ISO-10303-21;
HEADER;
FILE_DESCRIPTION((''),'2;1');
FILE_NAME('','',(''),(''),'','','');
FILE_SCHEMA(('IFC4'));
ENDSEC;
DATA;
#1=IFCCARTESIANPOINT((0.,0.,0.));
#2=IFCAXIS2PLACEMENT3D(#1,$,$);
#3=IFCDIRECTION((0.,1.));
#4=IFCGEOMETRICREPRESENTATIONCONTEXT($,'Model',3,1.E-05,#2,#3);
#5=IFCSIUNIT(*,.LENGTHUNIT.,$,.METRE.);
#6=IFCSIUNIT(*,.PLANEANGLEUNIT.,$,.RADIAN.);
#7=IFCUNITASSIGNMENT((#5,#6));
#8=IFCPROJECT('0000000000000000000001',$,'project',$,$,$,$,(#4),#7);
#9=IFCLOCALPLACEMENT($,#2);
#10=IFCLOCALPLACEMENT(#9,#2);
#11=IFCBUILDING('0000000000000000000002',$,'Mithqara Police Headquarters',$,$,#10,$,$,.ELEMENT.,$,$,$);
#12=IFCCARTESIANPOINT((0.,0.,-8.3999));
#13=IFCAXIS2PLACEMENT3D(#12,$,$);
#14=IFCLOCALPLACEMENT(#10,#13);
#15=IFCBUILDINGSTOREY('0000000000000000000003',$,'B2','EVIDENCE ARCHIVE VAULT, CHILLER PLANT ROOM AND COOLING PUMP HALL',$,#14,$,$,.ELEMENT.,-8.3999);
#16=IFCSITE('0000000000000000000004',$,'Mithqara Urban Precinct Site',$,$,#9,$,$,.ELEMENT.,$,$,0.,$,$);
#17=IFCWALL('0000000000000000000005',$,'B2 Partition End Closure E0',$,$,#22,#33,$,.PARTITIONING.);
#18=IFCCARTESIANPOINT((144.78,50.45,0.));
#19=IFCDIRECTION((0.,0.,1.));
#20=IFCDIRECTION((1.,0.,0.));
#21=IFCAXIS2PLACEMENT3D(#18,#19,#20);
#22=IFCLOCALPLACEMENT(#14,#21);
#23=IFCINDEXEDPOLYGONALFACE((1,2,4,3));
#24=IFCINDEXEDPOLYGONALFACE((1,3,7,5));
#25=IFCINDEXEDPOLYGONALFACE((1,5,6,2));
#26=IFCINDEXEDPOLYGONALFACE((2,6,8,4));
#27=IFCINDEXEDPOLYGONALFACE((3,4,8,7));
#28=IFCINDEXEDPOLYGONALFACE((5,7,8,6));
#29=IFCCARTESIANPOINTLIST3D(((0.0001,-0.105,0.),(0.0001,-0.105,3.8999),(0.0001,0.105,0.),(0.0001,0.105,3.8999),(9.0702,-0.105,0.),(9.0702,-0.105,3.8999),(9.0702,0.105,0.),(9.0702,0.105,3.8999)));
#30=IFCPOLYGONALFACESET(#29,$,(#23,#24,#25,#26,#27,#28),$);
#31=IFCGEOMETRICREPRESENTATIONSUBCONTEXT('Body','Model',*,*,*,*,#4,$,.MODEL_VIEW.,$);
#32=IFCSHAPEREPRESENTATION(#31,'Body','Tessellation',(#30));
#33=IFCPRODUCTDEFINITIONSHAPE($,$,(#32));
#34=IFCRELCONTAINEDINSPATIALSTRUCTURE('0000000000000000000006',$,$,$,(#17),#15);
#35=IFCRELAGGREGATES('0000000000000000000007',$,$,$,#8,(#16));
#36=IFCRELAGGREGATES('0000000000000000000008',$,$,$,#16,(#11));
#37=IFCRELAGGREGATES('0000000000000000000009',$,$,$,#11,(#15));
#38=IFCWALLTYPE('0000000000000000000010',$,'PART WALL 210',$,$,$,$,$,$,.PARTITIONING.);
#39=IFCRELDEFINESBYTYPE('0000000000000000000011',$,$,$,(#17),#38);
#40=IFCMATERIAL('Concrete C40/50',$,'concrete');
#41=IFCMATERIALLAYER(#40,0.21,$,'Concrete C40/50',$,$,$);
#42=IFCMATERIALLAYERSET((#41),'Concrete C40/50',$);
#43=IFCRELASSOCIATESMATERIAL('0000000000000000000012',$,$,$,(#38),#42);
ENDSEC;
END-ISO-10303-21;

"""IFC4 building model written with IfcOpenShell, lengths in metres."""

from ifc_helpers import new_model, si_unit, direction, frame, frame_2d, origin, place, context, subcontext, project, spatial, rectangle, extrude, material, layer, layer_set, type_object, element, save


model = new_model("IFC4")

# Units and contexts
model_context = context("Model", 3, precision=1e-05, world=origin(), true_north=direction((0.0, 1.0)))
body_context = subcontext(model_context, "Body", "Model", "MODEL_VIEW")
ifc_project = project(units=[si_unit("LENGTHUNIT", "METRE"), si_unit("PLANEANGLEUNIT", "RADIAN")], contexts=[model_context])

# Site, building, storey
site_placement = place(None, origin())
site = spatial("IfcSite", under=ifc_project, at=site_placement, Name="Mithqara Urban Precinct Site", CompositionType="ELEMENT", RefElevation=0.0)
building_placement = place(site_placement, origin())
building = spatial("IfcBuilding", under=site, at=building_placement, Name="Mithqara Police Headquarters", CompositionType="ELEMENT")
storey_placement = place(building_placement, frame((0.0, 0.0, -8.3999)))
storey = spatial("IfcBuildingStorey", under=building, at=storey_placement, Name="B2", Description="EVIDENCE ARCHIVE VAULT, CHILLER PLANT ROOM AND COOLING PUMP HALL", CompositionType="ELEMENT", Elevation=-8.3999)

# Shared definitions
ifc_material_1 = material(Name="Concrete C40/50", Category="concrete")

# Wall
ifc_layer_1 = layer(ifc_material_1, 0.21, Name="Concrete C40/50")
ifc_layer_set_1 = layer_set([ifc_layer_1], Name="Concrete C40/50")
wall_type_1 = type_object("IfcWallType", Name="PART WALL 210", PredefinedType="PARTITIONING", material=ifc_layer_set_1)
wall_1_placement = place(storey_placement, frame((144.78, 50.45, 0.0), z_axis=(0.0, 0.0, 1.0), x_axis=(1.0, 0.0, 0.0)))
element("IfcWall", 1, at=wall_1_placement, inside=storey, type_object=wall_type_1, Name="B2 Partition End Closure E0", PredefinedType="PARTITIONING", context=body_context, shape_type="SweptSolid", body=[
    extrude(rectangle(XDim=9.0701, YDim=0.21, at=frame_2d((4.5352, 0.0))), origin(), (0.0, 0.0, 1.0), 3.8999),
])

save(model, "model.ifc")
